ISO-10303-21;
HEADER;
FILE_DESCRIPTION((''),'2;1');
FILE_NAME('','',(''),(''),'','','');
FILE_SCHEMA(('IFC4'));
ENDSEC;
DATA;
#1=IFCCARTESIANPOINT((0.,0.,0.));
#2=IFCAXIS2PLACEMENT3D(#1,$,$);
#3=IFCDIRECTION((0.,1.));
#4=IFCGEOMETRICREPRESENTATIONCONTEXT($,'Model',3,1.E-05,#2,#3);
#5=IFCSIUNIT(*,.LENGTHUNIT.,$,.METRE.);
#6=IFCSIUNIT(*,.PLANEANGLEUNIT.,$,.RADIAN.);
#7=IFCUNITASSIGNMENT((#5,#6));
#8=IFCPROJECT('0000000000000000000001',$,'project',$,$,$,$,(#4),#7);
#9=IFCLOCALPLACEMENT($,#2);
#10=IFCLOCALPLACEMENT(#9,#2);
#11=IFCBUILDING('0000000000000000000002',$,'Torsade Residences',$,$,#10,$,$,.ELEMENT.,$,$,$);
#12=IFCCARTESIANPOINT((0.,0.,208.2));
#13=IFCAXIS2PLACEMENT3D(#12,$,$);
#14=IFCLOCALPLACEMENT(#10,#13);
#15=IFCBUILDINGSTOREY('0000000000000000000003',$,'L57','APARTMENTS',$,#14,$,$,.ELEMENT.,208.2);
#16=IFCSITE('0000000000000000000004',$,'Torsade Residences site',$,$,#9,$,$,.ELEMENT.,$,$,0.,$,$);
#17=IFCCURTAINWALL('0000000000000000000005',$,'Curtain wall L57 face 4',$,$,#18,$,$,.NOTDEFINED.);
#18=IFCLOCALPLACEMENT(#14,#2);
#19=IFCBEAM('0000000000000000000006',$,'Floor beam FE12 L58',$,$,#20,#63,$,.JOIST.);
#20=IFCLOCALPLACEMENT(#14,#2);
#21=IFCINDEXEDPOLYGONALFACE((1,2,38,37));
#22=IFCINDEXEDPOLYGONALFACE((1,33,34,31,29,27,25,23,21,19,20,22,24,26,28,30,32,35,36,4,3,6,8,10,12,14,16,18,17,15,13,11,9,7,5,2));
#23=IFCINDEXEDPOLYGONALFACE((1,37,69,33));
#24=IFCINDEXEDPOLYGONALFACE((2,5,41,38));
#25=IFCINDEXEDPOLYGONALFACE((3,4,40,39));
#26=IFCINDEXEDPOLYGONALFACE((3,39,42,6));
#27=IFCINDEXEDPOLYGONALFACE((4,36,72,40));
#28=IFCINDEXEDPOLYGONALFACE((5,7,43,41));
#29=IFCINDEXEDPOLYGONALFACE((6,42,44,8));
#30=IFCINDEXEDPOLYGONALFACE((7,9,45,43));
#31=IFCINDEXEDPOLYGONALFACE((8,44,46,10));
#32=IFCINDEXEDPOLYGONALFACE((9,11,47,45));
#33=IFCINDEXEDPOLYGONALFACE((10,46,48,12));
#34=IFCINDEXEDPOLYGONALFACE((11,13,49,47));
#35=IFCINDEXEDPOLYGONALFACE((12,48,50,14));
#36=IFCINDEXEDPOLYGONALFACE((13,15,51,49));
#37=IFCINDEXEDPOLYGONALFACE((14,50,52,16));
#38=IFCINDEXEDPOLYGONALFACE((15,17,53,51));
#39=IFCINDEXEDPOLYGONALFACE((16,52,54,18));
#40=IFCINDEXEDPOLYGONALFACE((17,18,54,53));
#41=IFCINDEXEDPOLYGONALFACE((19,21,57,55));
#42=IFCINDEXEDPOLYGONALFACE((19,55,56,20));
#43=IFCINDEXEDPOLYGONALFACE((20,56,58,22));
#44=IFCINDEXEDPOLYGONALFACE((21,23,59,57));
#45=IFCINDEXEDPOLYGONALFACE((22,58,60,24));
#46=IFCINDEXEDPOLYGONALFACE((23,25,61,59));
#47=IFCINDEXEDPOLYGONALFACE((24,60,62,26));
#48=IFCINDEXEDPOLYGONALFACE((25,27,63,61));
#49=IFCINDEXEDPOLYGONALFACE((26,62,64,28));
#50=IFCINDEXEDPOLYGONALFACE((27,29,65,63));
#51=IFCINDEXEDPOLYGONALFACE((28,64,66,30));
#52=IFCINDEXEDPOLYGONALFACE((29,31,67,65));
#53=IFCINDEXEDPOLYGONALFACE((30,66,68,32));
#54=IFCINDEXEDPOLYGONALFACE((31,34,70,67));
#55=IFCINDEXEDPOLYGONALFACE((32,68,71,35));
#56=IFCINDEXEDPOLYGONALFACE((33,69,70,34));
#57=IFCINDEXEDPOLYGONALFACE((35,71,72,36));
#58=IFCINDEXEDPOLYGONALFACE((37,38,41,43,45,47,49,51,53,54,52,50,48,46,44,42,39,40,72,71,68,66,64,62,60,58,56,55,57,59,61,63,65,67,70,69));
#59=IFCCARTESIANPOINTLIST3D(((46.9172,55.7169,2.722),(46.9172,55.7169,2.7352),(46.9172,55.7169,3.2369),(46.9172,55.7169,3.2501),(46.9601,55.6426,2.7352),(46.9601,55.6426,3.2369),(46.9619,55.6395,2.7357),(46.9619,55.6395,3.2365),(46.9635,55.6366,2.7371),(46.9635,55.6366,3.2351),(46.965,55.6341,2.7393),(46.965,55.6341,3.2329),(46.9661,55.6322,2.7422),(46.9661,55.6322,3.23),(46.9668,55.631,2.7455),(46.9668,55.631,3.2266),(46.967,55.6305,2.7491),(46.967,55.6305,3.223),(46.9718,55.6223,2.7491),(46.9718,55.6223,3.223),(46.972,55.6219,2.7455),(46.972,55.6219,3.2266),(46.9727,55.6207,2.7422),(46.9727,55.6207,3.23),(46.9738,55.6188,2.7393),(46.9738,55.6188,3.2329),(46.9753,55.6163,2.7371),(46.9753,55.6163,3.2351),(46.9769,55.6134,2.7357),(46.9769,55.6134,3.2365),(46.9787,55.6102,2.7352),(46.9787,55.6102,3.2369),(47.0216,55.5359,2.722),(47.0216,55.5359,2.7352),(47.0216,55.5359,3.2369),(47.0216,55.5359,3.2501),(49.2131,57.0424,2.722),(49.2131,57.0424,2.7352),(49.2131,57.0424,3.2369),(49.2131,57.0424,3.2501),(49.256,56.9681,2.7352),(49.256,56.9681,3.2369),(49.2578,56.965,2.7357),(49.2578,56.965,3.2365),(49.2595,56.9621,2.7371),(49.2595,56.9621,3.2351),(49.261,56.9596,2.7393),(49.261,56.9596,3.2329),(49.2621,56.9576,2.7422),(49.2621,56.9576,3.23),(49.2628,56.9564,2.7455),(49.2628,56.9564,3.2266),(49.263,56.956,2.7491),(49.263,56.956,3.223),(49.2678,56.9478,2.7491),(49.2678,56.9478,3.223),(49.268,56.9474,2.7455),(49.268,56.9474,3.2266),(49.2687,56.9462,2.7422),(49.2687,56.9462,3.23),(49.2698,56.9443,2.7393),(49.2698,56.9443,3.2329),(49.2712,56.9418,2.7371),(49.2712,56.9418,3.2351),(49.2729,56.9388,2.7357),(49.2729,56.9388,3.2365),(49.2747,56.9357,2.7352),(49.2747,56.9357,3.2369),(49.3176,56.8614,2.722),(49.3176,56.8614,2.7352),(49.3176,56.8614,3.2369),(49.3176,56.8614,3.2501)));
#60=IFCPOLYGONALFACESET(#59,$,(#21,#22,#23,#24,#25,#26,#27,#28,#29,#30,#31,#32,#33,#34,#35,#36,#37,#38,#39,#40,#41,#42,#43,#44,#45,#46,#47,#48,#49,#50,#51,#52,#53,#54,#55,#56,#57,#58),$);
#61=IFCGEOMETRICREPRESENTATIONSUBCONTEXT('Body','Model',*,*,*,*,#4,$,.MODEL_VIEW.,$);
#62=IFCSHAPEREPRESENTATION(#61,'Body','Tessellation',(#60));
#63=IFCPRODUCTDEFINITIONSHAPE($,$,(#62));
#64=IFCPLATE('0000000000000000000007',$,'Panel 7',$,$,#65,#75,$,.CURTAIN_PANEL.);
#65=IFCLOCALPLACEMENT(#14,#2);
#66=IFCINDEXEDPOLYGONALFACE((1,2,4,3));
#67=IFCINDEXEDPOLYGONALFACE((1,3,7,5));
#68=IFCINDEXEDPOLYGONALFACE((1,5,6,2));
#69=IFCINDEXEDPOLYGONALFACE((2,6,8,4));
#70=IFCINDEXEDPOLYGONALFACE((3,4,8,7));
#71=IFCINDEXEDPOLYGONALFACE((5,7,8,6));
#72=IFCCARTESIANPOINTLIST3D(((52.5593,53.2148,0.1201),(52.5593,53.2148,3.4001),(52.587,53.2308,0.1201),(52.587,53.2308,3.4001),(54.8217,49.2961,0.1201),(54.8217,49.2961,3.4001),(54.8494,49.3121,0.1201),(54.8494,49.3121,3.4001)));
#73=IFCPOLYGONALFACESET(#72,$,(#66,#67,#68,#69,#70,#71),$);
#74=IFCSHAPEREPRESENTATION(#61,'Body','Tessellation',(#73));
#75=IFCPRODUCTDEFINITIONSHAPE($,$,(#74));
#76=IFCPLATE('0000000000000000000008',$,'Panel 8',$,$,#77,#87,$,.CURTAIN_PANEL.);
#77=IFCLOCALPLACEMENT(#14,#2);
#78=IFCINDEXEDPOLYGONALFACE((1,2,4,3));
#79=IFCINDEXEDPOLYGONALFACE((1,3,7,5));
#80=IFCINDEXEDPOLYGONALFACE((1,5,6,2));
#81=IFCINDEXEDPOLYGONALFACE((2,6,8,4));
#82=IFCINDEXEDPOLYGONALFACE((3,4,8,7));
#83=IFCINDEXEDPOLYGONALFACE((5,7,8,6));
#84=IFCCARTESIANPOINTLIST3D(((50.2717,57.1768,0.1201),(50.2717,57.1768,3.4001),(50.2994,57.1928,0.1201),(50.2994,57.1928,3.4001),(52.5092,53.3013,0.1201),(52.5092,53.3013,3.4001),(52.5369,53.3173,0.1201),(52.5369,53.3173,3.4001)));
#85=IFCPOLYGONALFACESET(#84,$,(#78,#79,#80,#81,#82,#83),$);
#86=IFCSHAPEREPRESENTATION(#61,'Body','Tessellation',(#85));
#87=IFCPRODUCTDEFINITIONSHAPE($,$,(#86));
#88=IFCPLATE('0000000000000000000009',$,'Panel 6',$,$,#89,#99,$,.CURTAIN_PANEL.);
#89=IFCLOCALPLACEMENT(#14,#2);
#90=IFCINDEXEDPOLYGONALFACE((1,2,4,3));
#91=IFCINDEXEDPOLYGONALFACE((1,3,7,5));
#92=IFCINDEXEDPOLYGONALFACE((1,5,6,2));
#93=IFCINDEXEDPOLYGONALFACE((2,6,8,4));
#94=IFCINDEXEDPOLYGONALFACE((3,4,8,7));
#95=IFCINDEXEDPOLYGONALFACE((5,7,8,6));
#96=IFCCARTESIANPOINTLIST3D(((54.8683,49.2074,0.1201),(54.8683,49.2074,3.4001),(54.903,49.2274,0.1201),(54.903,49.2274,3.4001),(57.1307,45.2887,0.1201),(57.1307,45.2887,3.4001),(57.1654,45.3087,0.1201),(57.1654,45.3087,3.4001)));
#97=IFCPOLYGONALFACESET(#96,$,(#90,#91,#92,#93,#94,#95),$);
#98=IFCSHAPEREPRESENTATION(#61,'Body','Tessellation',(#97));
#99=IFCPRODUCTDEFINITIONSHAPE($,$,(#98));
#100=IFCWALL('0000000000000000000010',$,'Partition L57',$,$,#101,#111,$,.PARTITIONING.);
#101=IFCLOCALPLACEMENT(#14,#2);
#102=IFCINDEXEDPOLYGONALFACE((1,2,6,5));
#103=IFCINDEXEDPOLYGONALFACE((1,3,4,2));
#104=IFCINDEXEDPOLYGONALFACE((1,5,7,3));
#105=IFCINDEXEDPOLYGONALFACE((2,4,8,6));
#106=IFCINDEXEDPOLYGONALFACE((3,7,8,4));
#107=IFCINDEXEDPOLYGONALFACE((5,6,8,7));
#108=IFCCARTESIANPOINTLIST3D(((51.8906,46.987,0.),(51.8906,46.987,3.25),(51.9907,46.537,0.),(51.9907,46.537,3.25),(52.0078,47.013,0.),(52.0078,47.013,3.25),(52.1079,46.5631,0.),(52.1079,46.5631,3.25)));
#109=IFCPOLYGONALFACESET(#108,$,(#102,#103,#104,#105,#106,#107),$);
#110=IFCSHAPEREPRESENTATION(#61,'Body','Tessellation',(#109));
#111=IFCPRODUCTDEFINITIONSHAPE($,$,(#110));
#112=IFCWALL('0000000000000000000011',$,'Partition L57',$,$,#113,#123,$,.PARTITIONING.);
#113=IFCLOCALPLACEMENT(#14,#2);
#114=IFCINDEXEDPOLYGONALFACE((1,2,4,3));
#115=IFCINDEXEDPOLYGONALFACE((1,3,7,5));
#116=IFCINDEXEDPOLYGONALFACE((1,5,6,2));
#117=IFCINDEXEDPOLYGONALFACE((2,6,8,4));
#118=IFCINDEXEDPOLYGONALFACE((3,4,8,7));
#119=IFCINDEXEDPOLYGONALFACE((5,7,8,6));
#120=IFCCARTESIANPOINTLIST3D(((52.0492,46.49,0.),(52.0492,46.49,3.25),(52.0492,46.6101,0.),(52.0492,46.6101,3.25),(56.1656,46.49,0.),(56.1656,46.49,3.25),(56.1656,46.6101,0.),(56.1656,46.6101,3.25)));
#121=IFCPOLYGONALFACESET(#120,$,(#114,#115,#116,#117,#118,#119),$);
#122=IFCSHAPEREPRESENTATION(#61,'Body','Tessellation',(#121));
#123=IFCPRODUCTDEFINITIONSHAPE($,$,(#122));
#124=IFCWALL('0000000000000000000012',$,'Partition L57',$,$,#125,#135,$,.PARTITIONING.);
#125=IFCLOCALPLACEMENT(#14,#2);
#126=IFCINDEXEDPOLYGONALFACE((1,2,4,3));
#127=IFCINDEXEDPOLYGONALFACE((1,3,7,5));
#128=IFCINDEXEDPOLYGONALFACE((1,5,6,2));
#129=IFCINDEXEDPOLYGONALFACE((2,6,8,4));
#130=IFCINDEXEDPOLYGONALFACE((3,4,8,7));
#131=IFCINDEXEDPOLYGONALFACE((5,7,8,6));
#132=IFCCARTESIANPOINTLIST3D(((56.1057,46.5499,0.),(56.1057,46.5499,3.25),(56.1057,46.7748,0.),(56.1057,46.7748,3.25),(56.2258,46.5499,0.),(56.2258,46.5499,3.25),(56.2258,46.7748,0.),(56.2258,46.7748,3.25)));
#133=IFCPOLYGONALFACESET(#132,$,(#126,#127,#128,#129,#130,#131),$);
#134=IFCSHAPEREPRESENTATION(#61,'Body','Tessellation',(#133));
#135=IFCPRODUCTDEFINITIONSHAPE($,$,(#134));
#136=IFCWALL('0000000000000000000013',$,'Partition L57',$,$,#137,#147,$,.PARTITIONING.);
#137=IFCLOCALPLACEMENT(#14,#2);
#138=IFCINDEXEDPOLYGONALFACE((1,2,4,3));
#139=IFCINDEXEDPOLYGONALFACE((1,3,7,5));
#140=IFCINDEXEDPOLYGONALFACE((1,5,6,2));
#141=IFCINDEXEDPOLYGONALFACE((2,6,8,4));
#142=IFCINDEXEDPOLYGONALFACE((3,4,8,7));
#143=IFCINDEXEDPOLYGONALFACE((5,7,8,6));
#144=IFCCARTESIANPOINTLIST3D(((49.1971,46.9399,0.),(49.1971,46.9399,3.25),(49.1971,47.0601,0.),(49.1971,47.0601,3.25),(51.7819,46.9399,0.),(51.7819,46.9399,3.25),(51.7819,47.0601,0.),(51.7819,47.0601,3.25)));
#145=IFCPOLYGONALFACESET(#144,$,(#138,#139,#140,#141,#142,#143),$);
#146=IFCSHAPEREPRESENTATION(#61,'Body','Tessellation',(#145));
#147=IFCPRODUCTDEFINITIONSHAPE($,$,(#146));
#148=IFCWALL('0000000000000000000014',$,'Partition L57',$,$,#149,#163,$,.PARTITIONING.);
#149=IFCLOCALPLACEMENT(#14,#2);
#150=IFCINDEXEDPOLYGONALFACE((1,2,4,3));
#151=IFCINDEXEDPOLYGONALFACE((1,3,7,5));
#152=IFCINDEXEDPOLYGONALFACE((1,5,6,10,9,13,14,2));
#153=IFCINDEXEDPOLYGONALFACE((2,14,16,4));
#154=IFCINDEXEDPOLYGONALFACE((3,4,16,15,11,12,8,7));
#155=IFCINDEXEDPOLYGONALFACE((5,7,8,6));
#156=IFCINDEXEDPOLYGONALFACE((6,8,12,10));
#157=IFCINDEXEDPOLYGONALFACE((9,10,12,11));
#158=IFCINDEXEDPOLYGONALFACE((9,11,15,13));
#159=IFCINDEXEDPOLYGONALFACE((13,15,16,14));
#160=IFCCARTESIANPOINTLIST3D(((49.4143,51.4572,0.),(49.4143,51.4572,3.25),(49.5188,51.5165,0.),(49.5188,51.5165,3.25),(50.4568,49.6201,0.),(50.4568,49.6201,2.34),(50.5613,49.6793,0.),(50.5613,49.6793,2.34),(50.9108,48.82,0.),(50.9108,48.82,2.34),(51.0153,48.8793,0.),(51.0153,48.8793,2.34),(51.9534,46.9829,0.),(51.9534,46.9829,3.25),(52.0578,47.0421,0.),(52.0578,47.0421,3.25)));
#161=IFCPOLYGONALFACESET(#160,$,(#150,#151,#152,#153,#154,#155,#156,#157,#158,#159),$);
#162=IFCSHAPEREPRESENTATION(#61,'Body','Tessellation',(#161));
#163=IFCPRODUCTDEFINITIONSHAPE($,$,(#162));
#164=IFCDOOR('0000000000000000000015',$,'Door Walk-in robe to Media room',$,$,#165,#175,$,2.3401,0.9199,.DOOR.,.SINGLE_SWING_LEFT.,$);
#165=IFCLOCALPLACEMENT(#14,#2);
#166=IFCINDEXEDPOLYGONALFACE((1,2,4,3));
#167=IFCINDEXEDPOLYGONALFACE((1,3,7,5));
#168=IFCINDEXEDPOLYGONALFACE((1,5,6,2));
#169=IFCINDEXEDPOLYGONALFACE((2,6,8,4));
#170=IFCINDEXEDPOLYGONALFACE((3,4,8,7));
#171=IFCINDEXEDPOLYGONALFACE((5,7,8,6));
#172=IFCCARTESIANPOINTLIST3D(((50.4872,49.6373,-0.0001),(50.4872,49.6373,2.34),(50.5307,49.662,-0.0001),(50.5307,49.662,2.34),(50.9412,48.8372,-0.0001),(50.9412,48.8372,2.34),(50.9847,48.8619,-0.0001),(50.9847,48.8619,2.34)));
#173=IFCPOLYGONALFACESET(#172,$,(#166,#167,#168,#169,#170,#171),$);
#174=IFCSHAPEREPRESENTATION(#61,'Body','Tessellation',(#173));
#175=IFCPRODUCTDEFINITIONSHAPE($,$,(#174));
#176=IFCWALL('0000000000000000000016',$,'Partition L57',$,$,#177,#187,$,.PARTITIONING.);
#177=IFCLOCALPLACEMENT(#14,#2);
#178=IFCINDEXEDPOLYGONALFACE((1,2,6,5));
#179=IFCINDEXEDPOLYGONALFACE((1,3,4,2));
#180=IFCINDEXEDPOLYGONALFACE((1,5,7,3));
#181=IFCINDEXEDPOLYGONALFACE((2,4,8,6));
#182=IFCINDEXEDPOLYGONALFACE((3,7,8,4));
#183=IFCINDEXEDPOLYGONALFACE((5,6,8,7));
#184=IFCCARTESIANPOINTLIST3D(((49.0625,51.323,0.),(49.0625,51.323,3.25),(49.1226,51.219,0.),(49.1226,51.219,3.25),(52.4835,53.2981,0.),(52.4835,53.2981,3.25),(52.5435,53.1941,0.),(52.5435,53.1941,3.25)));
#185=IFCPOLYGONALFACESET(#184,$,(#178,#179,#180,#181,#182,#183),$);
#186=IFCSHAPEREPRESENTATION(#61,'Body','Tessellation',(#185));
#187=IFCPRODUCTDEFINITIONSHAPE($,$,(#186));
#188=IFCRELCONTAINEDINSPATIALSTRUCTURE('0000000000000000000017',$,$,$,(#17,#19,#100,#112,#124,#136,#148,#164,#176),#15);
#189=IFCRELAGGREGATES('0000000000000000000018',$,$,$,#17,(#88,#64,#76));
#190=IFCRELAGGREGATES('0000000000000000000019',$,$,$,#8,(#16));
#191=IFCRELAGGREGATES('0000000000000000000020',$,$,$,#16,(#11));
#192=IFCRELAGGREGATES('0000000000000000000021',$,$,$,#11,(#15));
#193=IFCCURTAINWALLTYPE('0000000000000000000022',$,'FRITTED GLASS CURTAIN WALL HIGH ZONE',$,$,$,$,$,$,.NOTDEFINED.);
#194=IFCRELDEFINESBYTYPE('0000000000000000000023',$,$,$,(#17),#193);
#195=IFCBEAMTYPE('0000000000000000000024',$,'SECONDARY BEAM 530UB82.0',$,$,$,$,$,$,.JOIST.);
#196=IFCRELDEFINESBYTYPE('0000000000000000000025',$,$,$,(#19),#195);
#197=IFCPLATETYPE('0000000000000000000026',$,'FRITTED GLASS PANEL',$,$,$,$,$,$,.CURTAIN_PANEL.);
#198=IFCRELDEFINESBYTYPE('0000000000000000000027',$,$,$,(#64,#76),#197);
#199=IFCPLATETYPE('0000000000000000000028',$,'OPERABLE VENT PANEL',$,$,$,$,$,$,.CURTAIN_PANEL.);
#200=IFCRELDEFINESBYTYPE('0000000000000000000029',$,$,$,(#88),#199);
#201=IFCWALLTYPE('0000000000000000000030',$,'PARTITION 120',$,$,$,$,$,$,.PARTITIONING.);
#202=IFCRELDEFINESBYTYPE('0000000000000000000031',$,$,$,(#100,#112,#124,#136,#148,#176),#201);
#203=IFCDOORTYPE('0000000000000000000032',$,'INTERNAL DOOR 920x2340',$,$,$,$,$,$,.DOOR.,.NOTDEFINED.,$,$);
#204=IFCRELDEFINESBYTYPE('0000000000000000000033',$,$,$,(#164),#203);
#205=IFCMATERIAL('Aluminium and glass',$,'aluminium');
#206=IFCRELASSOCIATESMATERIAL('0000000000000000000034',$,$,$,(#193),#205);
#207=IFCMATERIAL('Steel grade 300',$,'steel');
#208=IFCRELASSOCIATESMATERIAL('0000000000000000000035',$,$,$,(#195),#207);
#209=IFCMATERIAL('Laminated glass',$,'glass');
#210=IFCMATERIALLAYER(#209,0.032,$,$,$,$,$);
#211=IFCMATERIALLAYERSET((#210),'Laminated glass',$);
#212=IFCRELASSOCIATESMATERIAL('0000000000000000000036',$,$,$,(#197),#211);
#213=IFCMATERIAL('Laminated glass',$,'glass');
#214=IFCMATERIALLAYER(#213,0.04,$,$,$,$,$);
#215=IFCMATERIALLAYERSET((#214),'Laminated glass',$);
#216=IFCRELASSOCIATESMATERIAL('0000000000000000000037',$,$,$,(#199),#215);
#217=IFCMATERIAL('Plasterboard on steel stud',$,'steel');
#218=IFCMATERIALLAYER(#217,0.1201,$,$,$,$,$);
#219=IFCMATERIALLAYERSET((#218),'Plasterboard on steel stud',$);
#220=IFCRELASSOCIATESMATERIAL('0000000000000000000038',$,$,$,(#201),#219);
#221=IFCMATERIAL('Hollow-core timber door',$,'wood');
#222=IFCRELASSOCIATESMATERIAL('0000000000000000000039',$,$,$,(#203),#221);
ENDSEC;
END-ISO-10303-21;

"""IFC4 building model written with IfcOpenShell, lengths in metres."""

from ifc_helpers import new_model, si_unit, direction, frame, frame_2d, origin, origin_2d, place, context, subcontext, project, spatial, rectangle, i_section, extrude, material, layer, layer_set, material_profile, profile_set, type_object, element, fill, aggregate, save


model = new_model("IFC4")

# Units and contexts
model_context = context("Model", 3, precision=1e-05, world=origin(), true_north=direction((0.0, 1.0)))
body_context = subcontext(model_context, "Body", "Model", "MODEL_VIEW")
ifc_project = project(units=[si_unit("LENGTHUNIT", "METRE"), si_unit("PLANEANGLEUNIT", "RADIAN")], contexts=[model_context])

# Site, building, storey
site_placement = place(None, origin())
site = spatial("IfcSite", under=ifc_project, at=site_placement, Name="Torsade Residences site", CompositionType="ELEMENT", RefElevation=0.0)
building_placement = place(site_placement, origin())
building = spatial("IfcBuilding", under=site, at=building_placement, Name="Torsade Residences", CompositionType="ELEMENT")
storey_placement = place(building_placement, frame((0.0, 0.0, 208.2)))
storey = spatial("IfcBuildingStorey", under=building, at=storey_placement, Name="L57", Description="APARTMENTS", CompositionType="ELEMENT", Elevation=208.2)

# Curtain wall
ifc_material_1 = material(Name="Aluminium and glass", Category="aluminium")
curtain_wall_type = type_object("IfcCurtainWallType", Name="FRITTED GLASS CURTAIN WALL HIGH ZONE", PredefinedType="NOTDEFINED", material=ifc_material_1)
curtain_wall_placement = place(storey_placement, origin())
curtain_wall = element("IfcCurtainWall", 1, at=curtain_wall_placement, inside=storey, type_object=curtain_wall_type, Name="Curtain wall L57 face 4", PredefinedType="NOTDEFINED")

# Beam
ifc_material_2 = material(Name="Steel grade 300", Category="steel")
ifc_material_profile_1 = material_profile(ifc_material_2, i_section(OverallWidth=0.209, OverallDepth=0.5281, WebThickness=0.0095, FlangeThickness=0.0132, FilletRadius=0.0139, at=origin_2d()), Name="530UB82.0")
ifc_profile_set_1 = profile_set([ifc_material_profile_1], Name="Steel grade 300")
beam_type_1 = type_object("IfcBeamType", Name="SECONDARY BEAM 530UB82.0", PredefinedType="JOIST", material=ifc_profile_set_1)
beam_1_placement = place(storey_placement, frame((49.2654, 56.9519, 2.9861), z_axis=(-0.866041, -0.499972, 0.0), x_axis=(0.499972, -0.866041, 0.0)))
element("IfcBeam", 2, at=beam_1_placement, inside=storey, type_object=beam_type_1, Name="Floor beam FE12 L58", PredefinedType="JOIST", context=body_context, shape_type="SweptSolid", body=[
    extrude(i_section(OverallWidth=0.209, OverallDepth=0.5281, WebThickness=0.0095, FlangeThickness=0.0132, FilletRadius=0.0139, at=origin_2d()), origin(), (0.0, 0.0, 1.0), 2.6511),
])

# Plates
ifc_material_3 = material(Name="Laminated glass", Category="glass")
ifc_layer_1 = layer(ifc_material_3, 0.032)
ifc_layer_set_1 = layer_set([ifc_layer_1], Name="Laminated glass")
plate_type_1 = type_object("IfcPlateType", Name="FRITTED GLASS PANEL", PredefinedType="CURTAIN_PANEL", material=ifc_layer_set_1)
plate_1_placement = place(storey_placement, frame((53.7043, 51.2634, 0.1201), z_axis=(0.0, 0.0, 1.0), x_axis=(-0.5, 0.866025, 0.0)))
plate_1 = element("IfcPlate", 3, at=plate_1_placement, type_object=plate_type_1, Name="Panel 7", PredefinedType="CURTAIN_PANEL", context=body_context, shape_type="SweptSolid", body=[
    extrude(rectangle(XDim=4.5249, YDim=0.032, at=origin_2d()), origin(), (0.0, 0.0, 1.0), 3.28),
])
plate_2_placement = place(storey_placement, frame((51.4043, 55.2471, 0.1201), z_axis=(0.0, 0.0, 1.0), x_axis=(-0.5, 0.866025, 0.0)))
plate_2 = element("IfcPlate", 4, at=plate_2_placement, type_object=plate_type_1, Name="Panel 8", PredefinedType="CURTAIN_PANEL", context=body_context, shape_type="SweptSolid", body=[
    extrude(rectangle(XDim=4.4751, YDim=0.032, at=origin_2d()), origin(), (0.0, 0.0, 1.0), 3.28),
])
ifc_material_4 = material(Name="Laminated glass", Category="glass")
ifc_layer_2 = layer(ifc_material_4, 0.04)
ifc_layer_set_2 = layer_set([ifc_layer_2], Name="Laminated glass")
plate_type_2 = type_object("IfcPlateType", Name="OPERABLE VENT PANEL", PredefinedType="CURTAIN_PANEL", material=ifc_layer_set_2)
plate_3_placement = place(storey_placement, frame((56.0168, 47.2581, 0.1201), z_axis=(0.0, 0.0, 1.0), x_axis=(-0.5, 0.866025, 0.0)))
plate_3 = element("IfcPlate", 5, at=plate_3_placement, type_object=plate_type_2, Name="Panel 6", PredefinedType="CURTAIN_PANEL", context=body_context, shape_type="SweptSolid", body=[
    extrude(rectangle(XDim=4.5249, YDim=0.04, at=origin_2d()), origin(), (0.0, 0.0, 1.0), 3.28),
])
aggregate(curtain_wall, [plate_3, plate_1, plate_2])

# Walls
ifc_material_5 = material(Name="Plasterboard on steel stud", Category="steel")
ifc_layer_3 = layer(ifc_material_5, 0.1201)
ifc_layer_set_3 = layer_set([ifc_layer_3], Name="Plasterboard on steel stud")
wall_type_1 = type_object("IfcWallType", Name="PARTITION 120", PredefinedType="PARTITIONING", material=ifc_layer_set_3)
wall_1_placement = place(storey_placement, frame((51.9492, 47.0, 0.0), z_axis=(0.0, 0.0, 1.0), x_axis=(0.217155, -0.976137, 0.0)))
element("IfcWall", 6, at=wall_1_placement, inside=storey, type_object=wall_type_1, Name="Partition L57", PredefinedType="PARTITIONING", context=body_context, shape_type="SweptSolid", body=[
    extrude(rectangle(XDim=0.4609, YDim=0.1201, at=frame_2d((0.2305, 0.0))), origin(), (0.0, 0.0, 1.0), 3.25),
])
wall_2_placement = place(storey_placement, frame((52.0493, 46.55, 0.0), z_axis=(0.0, 0.0, 1.0), x_axis=(1.0, 0.0, 0.0)))
element("IfcWall", 7, at=wall_2_placement, inside=storey, type_object=wall_type_1, Name="Partition L57", PredefinedType="PARTITIONING", context=body_context, shape_type="SweptSolid", body=[
    extrude(rectangle(XDim=4.1165, YDim=0.1201, at=frame_2d((2.0581, 0.0))), origin(), (0.0, 0.0, 1.0), 3.25),
])
wall_3_placement = place(storey_placement, frame((56.1658, 46.55, 0.0), z_axis=(0.0, 0.0, 1.0), x_axis=(0.0, 1.0, 0.0)))
element("IfcWall", 8, at=wall_3_placement, inside=storey, type_object=wall_type_1, Name="Partition L57", PredefinedType="PARTITIONING", context=body_context, shape_type="SweptSolid", body=[
    extrude(rectangle(XDim=0.2249, YDim=0.1201, at=frame_2d((0.1123, 0.0))), origin(), (0.0, 0.0, 1.0), 3.25),
])
wall_4_placement = place(storey_placement, frame((49.197, 47.0, 0.0), z_axis=(0.0, 0.0, 1.0), x_axis=(1.0, 0.0, 0.0)))
element("IfcWall", 9, at=wall_4_placement, inside=storey, type_object=wall_type_1, Name="Partition L57", PredefinedType="PARTITIONING", context=body_context, shape_type="SweptSolid", body=[
    extrude(rectangle(XDim=2.5847, YDim=0.1201, at=frame_2d((1.2925, 0.0))), origin(), (0.0, 0.0, 1.0), 3.25),
])

# Wall, opening, door
wall_5_placement = place(storey_placement, frame((49.4666, 51.4868, 0.0), z_axis=(0.0, 0.0, 1.0), x_axis=(0.493541, -0.869723, 0.0)))
wall_5 = element("IfcWall", 10, at=wall_5_placement, inside=storey, type_object=wall_type_1, Name="Partition L57", PredefinedType="PARTITIONING", context=body_context, shape_type="SweptSolid", body=[
    extrude(rectangle(XDim=5.1445, YDim=0.1201, at=frame_2d((2.5723, 0.0))), origin(), (0.0, 0.0, 1.0), 3.25),
])
opening_1_placement = place(wall_5_placement, frame((2.1123, 0.0, 0.0)))
opening_1 = element("IfcOpeningElement", 11, at=opening_1_placement, cuts=wall_5, PredefinedType="OPENING", context=body_context, shape_type="SweptSolid", body=[
    extrude(rectangle(XDim=0.9199, YDim=2.3401, at=frame_2d((0.46, 1.1699))), frame((0.0, 0.0701, 0.0), z_axis=(0.0, -1.0, 0.0), x_axis=(1.0, 0.0, 0.0)), (0.0, 0.0, 1.0), 0.1401),
])
ifc_material_6 = material(Name="Hollow-core timber door", Category="wood")
door_type_1 = type_object("IfcDoorType", Name="INTERNAL DOOR 920x2340", OperationType="NOTDEFINED", PredefinedType="DOOR", material=ifc_material_6)
door_1_placement = place(opening_1_placement, origin())
door_1 = element("IfcDoor", 12, at=door_1_placement, inside=storey, type_object=door_type_1, Name="Door Walk-in robe to Media room", OperationType="SINGLE_SWING_LEFT", OverallHeight=2.3401, OverallWidth=0.9199, PredefinedType="DOOR", context=body_context, shape_type="SweptSolid", body=[
    extrude(rectangle(XDim=0.9199, YDim=2.3401, at=frame_2d((0.46, 1.1699))), frame((0.0, 0.0249, 0.0), z_axis=(0.0, -1.0, 0.0), x_axis=(1.0, 0.0, 0.0)), (0.0, 0.0, 1.0), 0.05),
])
fill(opening_1, door_1)

# Wall
wall_6_placement = place(storey_placement, frame((49.0925, 51.271, 0.0), z_axis=(0.0, 0.0, 1.0), x_axis=(0.866021, 0.500008, 0.0)))
element("IfcWall", 13, at=wall_6_placement, inside=storey, type_object=wall_type_1, Name="Partition L57", PredefinedType="PARTITIONING", context=body_context, shape_type="SweptSolid", body=[
    extrude(rectangle(XDim=3.9502, YDim=0.1201, at=frame_2d((1.9751, 0.0))), origin(), (0.0, 0.0, 1.0), 3.25),
])

save(model, "model.ifc")
